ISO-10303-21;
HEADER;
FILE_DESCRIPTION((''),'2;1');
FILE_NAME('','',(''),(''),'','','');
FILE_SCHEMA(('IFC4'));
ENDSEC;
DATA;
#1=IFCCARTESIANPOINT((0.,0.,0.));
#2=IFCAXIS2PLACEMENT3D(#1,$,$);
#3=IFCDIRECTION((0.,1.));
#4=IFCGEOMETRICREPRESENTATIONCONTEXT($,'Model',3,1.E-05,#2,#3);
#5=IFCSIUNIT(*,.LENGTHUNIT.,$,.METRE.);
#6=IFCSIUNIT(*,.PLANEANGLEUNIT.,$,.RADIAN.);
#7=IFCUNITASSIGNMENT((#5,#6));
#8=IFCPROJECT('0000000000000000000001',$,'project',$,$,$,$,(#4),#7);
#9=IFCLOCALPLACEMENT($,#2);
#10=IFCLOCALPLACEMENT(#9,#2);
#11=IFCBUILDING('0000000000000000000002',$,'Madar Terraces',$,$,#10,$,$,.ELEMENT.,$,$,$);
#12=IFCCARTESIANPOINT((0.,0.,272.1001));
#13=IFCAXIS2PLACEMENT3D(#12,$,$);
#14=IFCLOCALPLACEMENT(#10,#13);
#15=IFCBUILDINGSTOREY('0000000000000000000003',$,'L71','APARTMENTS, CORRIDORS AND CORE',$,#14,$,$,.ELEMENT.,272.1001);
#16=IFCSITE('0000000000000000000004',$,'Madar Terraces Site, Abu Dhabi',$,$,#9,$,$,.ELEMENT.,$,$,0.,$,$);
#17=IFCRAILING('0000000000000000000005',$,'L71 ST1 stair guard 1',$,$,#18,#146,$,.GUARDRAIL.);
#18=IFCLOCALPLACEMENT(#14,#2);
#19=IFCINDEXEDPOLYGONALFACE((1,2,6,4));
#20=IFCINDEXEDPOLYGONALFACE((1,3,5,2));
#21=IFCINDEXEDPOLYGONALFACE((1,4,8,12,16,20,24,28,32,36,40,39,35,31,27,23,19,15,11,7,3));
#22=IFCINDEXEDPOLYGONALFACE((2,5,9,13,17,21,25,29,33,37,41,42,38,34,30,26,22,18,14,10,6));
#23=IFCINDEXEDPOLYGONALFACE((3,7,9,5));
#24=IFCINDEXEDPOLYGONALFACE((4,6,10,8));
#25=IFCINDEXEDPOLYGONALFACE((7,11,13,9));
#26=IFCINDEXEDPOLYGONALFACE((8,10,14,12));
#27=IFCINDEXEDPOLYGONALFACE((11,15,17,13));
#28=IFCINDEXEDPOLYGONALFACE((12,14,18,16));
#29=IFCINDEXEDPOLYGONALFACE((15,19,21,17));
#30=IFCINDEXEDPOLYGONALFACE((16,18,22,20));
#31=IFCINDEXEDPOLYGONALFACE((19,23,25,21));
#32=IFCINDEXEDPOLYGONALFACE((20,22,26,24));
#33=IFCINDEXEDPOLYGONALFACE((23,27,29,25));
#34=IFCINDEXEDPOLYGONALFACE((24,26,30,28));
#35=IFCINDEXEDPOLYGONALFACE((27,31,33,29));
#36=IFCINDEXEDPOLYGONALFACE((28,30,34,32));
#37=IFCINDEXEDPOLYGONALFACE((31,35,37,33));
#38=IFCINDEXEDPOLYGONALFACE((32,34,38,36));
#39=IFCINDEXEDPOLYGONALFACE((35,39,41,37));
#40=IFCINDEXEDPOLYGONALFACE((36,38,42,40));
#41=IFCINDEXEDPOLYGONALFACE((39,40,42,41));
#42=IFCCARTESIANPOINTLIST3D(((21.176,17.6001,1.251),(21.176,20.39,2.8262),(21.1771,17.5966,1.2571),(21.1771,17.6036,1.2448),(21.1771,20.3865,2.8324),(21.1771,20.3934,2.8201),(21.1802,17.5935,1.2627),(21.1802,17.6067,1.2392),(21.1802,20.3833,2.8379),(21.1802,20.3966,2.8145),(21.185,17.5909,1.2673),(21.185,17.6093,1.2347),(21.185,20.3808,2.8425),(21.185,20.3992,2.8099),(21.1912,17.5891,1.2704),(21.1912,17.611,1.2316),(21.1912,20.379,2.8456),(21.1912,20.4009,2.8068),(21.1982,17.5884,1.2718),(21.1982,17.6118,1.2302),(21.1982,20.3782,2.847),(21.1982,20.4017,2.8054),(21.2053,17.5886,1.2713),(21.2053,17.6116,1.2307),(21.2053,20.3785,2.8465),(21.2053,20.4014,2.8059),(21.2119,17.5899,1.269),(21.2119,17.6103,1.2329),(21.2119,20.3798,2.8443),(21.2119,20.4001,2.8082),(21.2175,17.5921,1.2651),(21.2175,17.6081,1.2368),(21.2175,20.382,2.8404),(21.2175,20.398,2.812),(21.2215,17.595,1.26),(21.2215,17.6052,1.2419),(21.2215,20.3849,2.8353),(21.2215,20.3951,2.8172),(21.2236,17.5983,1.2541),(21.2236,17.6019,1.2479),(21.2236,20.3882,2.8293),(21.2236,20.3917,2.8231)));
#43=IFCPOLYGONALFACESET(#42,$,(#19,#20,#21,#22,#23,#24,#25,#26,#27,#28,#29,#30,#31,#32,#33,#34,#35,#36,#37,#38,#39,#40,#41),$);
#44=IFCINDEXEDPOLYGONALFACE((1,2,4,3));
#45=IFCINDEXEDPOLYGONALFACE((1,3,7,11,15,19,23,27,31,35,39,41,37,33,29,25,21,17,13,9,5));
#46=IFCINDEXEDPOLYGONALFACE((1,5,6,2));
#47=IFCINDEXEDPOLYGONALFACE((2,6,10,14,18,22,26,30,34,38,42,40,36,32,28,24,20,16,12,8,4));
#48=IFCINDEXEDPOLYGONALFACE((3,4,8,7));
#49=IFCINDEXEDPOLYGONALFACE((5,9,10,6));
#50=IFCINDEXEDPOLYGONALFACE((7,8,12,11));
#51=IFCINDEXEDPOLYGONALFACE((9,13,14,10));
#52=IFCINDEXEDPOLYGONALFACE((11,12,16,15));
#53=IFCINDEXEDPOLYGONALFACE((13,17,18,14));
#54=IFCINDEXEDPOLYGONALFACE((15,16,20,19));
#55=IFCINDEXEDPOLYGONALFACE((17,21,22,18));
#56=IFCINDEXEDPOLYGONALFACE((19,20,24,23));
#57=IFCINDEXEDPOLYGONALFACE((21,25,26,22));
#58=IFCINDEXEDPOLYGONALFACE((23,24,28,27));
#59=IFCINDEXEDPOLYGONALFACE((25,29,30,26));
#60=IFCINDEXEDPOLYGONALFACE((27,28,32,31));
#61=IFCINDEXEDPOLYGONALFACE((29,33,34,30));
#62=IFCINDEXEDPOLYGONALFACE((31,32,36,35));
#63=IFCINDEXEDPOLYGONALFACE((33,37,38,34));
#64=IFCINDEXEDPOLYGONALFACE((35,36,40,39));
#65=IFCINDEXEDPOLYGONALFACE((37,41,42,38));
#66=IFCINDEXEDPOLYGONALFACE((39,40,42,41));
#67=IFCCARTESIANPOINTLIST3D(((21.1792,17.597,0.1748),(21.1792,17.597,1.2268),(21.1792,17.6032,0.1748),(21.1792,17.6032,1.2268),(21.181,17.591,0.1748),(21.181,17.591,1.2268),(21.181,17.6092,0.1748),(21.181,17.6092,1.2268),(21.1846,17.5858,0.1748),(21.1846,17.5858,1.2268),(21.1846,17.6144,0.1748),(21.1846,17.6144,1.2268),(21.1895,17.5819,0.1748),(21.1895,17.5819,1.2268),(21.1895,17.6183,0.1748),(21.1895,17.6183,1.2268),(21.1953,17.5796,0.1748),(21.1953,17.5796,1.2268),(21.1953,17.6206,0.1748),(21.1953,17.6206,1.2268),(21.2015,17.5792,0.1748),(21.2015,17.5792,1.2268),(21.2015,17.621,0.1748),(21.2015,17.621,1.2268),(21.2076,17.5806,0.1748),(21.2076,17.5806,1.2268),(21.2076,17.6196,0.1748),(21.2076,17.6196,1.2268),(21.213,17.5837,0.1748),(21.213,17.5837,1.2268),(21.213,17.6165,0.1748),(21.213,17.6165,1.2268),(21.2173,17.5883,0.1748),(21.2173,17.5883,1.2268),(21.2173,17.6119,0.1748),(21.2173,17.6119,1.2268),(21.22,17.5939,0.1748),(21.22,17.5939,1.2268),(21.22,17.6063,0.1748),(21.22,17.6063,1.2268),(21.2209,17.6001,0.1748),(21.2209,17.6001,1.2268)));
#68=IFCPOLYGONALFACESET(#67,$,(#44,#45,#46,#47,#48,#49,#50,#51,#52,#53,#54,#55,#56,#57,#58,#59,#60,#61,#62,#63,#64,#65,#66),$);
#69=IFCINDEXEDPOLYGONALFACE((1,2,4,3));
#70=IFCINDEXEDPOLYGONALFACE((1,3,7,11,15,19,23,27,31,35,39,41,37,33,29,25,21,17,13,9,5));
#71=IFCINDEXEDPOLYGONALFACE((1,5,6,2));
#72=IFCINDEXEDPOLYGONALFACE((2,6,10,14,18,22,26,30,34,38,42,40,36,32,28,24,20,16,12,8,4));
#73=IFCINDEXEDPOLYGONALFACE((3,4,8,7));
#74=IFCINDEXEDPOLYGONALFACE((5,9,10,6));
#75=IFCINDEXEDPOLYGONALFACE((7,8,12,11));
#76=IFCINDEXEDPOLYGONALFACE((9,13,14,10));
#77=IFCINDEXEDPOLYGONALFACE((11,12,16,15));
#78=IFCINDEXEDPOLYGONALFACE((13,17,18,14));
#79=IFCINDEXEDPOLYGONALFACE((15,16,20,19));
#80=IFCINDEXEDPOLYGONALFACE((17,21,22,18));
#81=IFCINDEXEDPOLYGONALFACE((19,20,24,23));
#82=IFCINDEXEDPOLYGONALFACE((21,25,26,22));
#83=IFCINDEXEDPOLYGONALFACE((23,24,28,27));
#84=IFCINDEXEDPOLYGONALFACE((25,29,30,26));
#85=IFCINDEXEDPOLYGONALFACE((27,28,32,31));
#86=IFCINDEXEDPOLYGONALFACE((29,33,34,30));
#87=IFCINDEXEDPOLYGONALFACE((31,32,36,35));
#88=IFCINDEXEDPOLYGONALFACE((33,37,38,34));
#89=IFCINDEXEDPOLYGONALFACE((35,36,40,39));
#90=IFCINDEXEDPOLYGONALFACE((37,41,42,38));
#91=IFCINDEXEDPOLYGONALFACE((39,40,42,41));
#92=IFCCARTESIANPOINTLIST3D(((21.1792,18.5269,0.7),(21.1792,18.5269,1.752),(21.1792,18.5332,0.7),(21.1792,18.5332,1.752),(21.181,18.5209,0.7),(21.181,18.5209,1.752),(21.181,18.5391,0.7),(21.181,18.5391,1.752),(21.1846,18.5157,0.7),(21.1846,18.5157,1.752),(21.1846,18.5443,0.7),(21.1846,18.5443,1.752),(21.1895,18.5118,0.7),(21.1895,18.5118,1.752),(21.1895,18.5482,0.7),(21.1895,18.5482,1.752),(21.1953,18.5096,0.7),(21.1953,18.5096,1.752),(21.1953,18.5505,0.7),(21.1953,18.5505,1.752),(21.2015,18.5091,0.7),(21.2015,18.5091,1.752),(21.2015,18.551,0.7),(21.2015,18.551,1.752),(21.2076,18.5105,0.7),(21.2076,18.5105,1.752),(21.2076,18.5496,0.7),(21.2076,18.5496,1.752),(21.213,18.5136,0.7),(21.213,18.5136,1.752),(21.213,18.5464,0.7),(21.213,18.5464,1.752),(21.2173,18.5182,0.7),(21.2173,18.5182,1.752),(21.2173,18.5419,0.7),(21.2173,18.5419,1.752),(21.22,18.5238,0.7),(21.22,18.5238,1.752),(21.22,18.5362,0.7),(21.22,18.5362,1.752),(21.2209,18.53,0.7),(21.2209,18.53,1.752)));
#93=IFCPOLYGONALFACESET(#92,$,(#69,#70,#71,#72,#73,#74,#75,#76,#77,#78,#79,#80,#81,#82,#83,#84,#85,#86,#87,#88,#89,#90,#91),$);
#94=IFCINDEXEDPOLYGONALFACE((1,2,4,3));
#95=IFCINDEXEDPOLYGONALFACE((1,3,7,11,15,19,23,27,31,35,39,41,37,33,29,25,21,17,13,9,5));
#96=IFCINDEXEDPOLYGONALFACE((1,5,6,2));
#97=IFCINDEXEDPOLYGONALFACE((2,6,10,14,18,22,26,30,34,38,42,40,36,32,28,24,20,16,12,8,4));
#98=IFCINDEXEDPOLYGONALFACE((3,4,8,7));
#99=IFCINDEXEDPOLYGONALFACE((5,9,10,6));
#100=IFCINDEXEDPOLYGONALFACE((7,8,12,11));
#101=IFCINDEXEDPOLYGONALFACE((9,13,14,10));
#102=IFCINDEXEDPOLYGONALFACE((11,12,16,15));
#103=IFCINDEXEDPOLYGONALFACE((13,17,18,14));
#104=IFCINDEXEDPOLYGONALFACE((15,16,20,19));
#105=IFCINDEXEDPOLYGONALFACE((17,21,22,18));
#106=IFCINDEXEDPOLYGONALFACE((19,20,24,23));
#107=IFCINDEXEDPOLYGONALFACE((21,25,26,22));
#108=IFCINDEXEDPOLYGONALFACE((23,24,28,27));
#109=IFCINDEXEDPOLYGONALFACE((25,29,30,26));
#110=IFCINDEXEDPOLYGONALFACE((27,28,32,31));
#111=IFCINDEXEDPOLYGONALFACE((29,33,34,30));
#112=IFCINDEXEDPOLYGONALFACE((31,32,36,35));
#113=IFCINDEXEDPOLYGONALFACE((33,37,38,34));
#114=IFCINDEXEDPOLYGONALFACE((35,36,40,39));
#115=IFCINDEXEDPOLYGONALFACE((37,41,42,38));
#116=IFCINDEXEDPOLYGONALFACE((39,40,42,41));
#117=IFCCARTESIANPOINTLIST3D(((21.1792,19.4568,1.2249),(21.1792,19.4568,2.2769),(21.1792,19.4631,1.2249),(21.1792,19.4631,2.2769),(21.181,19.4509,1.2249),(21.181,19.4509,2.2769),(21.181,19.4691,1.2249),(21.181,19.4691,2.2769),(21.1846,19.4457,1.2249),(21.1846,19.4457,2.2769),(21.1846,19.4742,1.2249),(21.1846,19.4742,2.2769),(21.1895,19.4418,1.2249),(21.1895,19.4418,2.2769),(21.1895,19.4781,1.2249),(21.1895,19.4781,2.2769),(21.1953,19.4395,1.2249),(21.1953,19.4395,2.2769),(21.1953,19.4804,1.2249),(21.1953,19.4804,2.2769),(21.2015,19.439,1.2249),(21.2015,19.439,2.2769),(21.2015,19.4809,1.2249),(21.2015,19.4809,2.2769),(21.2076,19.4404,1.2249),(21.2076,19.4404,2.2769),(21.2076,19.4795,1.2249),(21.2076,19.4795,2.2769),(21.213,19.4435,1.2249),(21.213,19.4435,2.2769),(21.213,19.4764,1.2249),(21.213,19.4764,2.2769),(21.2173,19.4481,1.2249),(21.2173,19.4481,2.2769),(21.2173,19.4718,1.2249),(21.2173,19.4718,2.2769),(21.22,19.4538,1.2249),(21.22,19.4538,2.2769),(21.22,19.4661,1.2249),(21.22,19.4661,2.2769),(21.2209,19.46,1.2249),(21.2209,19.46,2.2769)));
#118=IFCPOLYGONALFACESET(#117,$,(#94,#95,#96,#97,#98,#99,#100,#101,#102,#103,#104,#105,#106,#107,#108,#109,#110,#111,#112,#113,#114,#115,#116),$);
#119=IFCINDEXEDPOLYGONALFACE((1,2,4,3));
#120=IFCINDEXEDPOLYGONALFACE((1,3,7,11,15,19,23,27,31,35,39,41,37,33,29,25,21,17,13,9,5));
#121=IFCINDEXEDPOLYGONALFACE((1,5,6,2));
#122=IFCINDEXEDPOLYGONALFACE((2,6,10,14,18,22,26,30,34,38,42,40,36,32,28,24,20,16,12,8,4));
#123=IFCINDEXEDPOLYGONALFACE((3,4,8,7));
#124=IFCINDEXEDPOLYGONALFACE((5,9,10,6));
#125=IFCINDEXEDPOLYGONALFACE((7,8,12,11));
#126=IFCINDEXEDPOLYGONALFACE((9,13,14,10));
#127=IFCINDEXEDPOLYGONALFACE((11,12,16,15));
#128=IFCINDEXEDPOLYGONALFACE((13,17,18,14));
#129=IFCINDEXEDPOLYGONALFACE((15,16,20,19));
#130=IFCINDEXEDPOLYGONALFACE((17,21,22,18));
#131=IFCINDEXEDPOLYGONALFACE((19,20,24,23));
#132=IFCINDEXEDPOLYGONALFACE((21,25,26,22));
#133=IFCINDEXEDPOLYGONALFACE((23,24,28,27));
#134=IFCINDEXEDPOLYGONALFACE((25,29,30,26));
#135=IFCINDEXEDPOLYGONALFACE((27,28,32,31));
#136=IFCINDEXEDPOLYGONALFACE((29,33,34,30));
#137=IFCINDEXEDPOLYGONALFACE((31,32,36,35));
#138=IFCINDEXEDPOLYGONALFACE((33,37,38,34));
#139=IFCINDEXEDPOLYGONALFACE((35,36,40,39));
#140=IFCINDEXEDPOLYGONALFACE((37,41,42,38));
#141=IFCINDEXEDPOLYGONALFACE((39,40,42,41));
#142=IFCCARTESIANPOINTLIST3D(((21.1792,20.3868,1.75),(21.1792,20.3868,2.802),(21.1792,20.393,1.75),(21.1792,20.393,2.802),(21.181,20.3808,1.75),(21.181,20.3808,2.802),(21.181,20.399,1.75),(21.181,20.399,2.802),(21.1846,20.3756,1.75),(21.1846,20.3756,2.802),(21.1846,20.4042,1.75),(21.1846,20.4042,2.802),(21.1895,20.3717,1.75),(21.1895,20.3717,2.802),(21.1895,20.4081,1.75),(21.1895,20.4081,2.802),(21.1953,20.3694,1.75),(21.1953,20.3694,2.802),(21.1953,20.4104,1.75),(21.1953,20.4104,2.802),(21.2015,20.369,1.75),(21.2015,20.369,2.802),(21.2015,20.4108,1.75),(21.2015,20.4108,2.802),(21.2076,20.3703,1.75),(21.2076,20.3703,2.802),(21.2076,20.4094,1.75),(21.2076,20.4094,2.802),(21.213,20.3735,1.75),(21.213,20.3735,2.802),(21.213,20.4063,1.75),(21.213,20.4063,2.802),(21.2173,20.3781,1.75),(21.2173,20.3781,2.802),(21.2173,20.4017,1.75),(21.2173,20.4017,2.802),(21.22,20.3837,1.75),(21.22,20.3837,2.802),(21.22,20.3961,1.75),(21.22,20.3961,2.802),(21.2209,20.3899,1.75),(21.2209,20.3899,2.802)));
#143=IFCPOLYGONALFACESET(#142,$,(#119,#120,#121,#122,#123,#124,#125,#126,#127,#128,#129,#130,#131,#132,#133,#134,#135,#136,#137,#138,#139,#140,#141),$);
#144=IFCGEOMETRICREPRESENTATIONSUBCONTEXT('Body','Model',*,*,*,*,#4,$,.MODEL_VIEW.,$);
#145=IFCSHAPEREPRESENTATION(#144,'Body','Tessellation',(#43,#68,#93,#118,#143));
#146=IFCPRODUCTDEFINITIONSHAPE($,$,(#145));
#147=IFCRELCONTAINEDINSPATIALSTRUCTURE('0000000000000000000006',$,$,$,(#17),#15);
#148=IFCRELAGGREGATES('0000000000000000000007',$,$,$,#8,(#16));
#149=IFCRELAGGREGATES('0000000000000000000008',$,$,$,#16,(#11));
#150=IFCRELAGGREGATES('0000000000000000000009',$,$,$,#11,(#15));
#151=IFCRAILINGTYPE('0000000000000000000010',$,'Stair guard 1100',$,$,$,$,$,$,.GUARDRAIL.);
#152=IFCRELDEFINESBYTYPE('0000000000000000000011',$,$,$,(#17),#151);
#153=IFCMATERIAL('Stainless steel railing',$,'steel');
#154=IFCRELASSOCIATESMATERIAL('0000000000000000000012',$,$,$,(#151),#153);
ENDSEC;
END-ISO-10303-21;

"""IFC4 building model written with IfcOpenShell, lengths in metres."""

from ifc_helpers import new_model, si_unit, direction, frame, origin, origin_2d, place, context, subcontext, project, spatial, circle, extrude, material, type_object, element, save


model = new_model("IFC4")

# Units and contexts
model_context = context("Model", 3, precision=1e-05, world=origin(), true_north=direction((0.0, 1.0)))
body_context = subcontext(model_context, "Body", "Model", "MODEL_VIEW")
ifc_project = project(units=[si_unit("LENGTHUNIT", "METRE"), si_unit("PLANEANGLEUNIT", "RADIAN")], contexts=[model_context])

# Site, building, storey
site_placement = place(None, origin())
site = spatial("IfcSite", under=ifc_project, at=site_placement, Name="Madar Terraces Site, Abu Dhabi", CompositionType="ELEMENT", RefElevation=0.0)
building_placement = place(site_placement, origin())
building = spatial("IfcBuilding", under=site, at=building_placement, Name="Madar Terraces", CompositionType="ELEMENT")
storey_placement = place(building_placement, frame((0.0, 0.0, 272.1001)))
storey = spatial("IfcBuildingStorey", under=building, at=storey_placement, Name="L71", Description="APARTMENTS, CORRIDORS AND CORE", CompositionType="ELEMENT", Elevation=272.1001)

# Railing
ifc_material_1 = material(Name="Stainless steel railing", Category="steel")
railing_type_1 = type_object("IfcRailingType", Name="Stair guard 1100", PredefinedType="GUARDRAIL", material=ifc_material_1)
railing_1_placement = place(storey_placement, frame((21.2, 17.6001, 0.1748)))
element("IfcRailing", 1, at=railing_1_placement, inside=storey, type_object=railing_type_1, Name="L71 ST1 stair guard 1", PredefinedType="GUARDRAIL", context=body_context, shape_type="SweptSolid", body=[
    extrude(circle(Radius=0.0239, at=origin_2d()), frame((0.0, 0.0, 1.0762), z_axis=(0.0, 0.870783, 0.491668), x_axis=(-1.0, 0.0, 0.0)), (0.0, 0.0, 1.0), 3.2039),
    extrude(circle(Radius=0.021, at=origin_2d()), origin(), (0.0, 0.0, 1.0), 1.052),
    extrude(circle(Radius=0.021, at=origin_2d()), frame((0.0, 0.9299, 0.5251)), (0.0, 0.0, 1.0), 1.052),
    extrude(circle(Radius=0.021, at=origin_2d()), frame((0.0, 1.8599, 1.05)), (0.0, 0.0, 1.0), 1.052),
    extrude(circle(Radius=0.021, at=origin_2d()), frame((0.0, 2.7898, 1.5752)), (0.0, 0.0, 1.0), 1.052),
])

save(model, "model.ifc")
